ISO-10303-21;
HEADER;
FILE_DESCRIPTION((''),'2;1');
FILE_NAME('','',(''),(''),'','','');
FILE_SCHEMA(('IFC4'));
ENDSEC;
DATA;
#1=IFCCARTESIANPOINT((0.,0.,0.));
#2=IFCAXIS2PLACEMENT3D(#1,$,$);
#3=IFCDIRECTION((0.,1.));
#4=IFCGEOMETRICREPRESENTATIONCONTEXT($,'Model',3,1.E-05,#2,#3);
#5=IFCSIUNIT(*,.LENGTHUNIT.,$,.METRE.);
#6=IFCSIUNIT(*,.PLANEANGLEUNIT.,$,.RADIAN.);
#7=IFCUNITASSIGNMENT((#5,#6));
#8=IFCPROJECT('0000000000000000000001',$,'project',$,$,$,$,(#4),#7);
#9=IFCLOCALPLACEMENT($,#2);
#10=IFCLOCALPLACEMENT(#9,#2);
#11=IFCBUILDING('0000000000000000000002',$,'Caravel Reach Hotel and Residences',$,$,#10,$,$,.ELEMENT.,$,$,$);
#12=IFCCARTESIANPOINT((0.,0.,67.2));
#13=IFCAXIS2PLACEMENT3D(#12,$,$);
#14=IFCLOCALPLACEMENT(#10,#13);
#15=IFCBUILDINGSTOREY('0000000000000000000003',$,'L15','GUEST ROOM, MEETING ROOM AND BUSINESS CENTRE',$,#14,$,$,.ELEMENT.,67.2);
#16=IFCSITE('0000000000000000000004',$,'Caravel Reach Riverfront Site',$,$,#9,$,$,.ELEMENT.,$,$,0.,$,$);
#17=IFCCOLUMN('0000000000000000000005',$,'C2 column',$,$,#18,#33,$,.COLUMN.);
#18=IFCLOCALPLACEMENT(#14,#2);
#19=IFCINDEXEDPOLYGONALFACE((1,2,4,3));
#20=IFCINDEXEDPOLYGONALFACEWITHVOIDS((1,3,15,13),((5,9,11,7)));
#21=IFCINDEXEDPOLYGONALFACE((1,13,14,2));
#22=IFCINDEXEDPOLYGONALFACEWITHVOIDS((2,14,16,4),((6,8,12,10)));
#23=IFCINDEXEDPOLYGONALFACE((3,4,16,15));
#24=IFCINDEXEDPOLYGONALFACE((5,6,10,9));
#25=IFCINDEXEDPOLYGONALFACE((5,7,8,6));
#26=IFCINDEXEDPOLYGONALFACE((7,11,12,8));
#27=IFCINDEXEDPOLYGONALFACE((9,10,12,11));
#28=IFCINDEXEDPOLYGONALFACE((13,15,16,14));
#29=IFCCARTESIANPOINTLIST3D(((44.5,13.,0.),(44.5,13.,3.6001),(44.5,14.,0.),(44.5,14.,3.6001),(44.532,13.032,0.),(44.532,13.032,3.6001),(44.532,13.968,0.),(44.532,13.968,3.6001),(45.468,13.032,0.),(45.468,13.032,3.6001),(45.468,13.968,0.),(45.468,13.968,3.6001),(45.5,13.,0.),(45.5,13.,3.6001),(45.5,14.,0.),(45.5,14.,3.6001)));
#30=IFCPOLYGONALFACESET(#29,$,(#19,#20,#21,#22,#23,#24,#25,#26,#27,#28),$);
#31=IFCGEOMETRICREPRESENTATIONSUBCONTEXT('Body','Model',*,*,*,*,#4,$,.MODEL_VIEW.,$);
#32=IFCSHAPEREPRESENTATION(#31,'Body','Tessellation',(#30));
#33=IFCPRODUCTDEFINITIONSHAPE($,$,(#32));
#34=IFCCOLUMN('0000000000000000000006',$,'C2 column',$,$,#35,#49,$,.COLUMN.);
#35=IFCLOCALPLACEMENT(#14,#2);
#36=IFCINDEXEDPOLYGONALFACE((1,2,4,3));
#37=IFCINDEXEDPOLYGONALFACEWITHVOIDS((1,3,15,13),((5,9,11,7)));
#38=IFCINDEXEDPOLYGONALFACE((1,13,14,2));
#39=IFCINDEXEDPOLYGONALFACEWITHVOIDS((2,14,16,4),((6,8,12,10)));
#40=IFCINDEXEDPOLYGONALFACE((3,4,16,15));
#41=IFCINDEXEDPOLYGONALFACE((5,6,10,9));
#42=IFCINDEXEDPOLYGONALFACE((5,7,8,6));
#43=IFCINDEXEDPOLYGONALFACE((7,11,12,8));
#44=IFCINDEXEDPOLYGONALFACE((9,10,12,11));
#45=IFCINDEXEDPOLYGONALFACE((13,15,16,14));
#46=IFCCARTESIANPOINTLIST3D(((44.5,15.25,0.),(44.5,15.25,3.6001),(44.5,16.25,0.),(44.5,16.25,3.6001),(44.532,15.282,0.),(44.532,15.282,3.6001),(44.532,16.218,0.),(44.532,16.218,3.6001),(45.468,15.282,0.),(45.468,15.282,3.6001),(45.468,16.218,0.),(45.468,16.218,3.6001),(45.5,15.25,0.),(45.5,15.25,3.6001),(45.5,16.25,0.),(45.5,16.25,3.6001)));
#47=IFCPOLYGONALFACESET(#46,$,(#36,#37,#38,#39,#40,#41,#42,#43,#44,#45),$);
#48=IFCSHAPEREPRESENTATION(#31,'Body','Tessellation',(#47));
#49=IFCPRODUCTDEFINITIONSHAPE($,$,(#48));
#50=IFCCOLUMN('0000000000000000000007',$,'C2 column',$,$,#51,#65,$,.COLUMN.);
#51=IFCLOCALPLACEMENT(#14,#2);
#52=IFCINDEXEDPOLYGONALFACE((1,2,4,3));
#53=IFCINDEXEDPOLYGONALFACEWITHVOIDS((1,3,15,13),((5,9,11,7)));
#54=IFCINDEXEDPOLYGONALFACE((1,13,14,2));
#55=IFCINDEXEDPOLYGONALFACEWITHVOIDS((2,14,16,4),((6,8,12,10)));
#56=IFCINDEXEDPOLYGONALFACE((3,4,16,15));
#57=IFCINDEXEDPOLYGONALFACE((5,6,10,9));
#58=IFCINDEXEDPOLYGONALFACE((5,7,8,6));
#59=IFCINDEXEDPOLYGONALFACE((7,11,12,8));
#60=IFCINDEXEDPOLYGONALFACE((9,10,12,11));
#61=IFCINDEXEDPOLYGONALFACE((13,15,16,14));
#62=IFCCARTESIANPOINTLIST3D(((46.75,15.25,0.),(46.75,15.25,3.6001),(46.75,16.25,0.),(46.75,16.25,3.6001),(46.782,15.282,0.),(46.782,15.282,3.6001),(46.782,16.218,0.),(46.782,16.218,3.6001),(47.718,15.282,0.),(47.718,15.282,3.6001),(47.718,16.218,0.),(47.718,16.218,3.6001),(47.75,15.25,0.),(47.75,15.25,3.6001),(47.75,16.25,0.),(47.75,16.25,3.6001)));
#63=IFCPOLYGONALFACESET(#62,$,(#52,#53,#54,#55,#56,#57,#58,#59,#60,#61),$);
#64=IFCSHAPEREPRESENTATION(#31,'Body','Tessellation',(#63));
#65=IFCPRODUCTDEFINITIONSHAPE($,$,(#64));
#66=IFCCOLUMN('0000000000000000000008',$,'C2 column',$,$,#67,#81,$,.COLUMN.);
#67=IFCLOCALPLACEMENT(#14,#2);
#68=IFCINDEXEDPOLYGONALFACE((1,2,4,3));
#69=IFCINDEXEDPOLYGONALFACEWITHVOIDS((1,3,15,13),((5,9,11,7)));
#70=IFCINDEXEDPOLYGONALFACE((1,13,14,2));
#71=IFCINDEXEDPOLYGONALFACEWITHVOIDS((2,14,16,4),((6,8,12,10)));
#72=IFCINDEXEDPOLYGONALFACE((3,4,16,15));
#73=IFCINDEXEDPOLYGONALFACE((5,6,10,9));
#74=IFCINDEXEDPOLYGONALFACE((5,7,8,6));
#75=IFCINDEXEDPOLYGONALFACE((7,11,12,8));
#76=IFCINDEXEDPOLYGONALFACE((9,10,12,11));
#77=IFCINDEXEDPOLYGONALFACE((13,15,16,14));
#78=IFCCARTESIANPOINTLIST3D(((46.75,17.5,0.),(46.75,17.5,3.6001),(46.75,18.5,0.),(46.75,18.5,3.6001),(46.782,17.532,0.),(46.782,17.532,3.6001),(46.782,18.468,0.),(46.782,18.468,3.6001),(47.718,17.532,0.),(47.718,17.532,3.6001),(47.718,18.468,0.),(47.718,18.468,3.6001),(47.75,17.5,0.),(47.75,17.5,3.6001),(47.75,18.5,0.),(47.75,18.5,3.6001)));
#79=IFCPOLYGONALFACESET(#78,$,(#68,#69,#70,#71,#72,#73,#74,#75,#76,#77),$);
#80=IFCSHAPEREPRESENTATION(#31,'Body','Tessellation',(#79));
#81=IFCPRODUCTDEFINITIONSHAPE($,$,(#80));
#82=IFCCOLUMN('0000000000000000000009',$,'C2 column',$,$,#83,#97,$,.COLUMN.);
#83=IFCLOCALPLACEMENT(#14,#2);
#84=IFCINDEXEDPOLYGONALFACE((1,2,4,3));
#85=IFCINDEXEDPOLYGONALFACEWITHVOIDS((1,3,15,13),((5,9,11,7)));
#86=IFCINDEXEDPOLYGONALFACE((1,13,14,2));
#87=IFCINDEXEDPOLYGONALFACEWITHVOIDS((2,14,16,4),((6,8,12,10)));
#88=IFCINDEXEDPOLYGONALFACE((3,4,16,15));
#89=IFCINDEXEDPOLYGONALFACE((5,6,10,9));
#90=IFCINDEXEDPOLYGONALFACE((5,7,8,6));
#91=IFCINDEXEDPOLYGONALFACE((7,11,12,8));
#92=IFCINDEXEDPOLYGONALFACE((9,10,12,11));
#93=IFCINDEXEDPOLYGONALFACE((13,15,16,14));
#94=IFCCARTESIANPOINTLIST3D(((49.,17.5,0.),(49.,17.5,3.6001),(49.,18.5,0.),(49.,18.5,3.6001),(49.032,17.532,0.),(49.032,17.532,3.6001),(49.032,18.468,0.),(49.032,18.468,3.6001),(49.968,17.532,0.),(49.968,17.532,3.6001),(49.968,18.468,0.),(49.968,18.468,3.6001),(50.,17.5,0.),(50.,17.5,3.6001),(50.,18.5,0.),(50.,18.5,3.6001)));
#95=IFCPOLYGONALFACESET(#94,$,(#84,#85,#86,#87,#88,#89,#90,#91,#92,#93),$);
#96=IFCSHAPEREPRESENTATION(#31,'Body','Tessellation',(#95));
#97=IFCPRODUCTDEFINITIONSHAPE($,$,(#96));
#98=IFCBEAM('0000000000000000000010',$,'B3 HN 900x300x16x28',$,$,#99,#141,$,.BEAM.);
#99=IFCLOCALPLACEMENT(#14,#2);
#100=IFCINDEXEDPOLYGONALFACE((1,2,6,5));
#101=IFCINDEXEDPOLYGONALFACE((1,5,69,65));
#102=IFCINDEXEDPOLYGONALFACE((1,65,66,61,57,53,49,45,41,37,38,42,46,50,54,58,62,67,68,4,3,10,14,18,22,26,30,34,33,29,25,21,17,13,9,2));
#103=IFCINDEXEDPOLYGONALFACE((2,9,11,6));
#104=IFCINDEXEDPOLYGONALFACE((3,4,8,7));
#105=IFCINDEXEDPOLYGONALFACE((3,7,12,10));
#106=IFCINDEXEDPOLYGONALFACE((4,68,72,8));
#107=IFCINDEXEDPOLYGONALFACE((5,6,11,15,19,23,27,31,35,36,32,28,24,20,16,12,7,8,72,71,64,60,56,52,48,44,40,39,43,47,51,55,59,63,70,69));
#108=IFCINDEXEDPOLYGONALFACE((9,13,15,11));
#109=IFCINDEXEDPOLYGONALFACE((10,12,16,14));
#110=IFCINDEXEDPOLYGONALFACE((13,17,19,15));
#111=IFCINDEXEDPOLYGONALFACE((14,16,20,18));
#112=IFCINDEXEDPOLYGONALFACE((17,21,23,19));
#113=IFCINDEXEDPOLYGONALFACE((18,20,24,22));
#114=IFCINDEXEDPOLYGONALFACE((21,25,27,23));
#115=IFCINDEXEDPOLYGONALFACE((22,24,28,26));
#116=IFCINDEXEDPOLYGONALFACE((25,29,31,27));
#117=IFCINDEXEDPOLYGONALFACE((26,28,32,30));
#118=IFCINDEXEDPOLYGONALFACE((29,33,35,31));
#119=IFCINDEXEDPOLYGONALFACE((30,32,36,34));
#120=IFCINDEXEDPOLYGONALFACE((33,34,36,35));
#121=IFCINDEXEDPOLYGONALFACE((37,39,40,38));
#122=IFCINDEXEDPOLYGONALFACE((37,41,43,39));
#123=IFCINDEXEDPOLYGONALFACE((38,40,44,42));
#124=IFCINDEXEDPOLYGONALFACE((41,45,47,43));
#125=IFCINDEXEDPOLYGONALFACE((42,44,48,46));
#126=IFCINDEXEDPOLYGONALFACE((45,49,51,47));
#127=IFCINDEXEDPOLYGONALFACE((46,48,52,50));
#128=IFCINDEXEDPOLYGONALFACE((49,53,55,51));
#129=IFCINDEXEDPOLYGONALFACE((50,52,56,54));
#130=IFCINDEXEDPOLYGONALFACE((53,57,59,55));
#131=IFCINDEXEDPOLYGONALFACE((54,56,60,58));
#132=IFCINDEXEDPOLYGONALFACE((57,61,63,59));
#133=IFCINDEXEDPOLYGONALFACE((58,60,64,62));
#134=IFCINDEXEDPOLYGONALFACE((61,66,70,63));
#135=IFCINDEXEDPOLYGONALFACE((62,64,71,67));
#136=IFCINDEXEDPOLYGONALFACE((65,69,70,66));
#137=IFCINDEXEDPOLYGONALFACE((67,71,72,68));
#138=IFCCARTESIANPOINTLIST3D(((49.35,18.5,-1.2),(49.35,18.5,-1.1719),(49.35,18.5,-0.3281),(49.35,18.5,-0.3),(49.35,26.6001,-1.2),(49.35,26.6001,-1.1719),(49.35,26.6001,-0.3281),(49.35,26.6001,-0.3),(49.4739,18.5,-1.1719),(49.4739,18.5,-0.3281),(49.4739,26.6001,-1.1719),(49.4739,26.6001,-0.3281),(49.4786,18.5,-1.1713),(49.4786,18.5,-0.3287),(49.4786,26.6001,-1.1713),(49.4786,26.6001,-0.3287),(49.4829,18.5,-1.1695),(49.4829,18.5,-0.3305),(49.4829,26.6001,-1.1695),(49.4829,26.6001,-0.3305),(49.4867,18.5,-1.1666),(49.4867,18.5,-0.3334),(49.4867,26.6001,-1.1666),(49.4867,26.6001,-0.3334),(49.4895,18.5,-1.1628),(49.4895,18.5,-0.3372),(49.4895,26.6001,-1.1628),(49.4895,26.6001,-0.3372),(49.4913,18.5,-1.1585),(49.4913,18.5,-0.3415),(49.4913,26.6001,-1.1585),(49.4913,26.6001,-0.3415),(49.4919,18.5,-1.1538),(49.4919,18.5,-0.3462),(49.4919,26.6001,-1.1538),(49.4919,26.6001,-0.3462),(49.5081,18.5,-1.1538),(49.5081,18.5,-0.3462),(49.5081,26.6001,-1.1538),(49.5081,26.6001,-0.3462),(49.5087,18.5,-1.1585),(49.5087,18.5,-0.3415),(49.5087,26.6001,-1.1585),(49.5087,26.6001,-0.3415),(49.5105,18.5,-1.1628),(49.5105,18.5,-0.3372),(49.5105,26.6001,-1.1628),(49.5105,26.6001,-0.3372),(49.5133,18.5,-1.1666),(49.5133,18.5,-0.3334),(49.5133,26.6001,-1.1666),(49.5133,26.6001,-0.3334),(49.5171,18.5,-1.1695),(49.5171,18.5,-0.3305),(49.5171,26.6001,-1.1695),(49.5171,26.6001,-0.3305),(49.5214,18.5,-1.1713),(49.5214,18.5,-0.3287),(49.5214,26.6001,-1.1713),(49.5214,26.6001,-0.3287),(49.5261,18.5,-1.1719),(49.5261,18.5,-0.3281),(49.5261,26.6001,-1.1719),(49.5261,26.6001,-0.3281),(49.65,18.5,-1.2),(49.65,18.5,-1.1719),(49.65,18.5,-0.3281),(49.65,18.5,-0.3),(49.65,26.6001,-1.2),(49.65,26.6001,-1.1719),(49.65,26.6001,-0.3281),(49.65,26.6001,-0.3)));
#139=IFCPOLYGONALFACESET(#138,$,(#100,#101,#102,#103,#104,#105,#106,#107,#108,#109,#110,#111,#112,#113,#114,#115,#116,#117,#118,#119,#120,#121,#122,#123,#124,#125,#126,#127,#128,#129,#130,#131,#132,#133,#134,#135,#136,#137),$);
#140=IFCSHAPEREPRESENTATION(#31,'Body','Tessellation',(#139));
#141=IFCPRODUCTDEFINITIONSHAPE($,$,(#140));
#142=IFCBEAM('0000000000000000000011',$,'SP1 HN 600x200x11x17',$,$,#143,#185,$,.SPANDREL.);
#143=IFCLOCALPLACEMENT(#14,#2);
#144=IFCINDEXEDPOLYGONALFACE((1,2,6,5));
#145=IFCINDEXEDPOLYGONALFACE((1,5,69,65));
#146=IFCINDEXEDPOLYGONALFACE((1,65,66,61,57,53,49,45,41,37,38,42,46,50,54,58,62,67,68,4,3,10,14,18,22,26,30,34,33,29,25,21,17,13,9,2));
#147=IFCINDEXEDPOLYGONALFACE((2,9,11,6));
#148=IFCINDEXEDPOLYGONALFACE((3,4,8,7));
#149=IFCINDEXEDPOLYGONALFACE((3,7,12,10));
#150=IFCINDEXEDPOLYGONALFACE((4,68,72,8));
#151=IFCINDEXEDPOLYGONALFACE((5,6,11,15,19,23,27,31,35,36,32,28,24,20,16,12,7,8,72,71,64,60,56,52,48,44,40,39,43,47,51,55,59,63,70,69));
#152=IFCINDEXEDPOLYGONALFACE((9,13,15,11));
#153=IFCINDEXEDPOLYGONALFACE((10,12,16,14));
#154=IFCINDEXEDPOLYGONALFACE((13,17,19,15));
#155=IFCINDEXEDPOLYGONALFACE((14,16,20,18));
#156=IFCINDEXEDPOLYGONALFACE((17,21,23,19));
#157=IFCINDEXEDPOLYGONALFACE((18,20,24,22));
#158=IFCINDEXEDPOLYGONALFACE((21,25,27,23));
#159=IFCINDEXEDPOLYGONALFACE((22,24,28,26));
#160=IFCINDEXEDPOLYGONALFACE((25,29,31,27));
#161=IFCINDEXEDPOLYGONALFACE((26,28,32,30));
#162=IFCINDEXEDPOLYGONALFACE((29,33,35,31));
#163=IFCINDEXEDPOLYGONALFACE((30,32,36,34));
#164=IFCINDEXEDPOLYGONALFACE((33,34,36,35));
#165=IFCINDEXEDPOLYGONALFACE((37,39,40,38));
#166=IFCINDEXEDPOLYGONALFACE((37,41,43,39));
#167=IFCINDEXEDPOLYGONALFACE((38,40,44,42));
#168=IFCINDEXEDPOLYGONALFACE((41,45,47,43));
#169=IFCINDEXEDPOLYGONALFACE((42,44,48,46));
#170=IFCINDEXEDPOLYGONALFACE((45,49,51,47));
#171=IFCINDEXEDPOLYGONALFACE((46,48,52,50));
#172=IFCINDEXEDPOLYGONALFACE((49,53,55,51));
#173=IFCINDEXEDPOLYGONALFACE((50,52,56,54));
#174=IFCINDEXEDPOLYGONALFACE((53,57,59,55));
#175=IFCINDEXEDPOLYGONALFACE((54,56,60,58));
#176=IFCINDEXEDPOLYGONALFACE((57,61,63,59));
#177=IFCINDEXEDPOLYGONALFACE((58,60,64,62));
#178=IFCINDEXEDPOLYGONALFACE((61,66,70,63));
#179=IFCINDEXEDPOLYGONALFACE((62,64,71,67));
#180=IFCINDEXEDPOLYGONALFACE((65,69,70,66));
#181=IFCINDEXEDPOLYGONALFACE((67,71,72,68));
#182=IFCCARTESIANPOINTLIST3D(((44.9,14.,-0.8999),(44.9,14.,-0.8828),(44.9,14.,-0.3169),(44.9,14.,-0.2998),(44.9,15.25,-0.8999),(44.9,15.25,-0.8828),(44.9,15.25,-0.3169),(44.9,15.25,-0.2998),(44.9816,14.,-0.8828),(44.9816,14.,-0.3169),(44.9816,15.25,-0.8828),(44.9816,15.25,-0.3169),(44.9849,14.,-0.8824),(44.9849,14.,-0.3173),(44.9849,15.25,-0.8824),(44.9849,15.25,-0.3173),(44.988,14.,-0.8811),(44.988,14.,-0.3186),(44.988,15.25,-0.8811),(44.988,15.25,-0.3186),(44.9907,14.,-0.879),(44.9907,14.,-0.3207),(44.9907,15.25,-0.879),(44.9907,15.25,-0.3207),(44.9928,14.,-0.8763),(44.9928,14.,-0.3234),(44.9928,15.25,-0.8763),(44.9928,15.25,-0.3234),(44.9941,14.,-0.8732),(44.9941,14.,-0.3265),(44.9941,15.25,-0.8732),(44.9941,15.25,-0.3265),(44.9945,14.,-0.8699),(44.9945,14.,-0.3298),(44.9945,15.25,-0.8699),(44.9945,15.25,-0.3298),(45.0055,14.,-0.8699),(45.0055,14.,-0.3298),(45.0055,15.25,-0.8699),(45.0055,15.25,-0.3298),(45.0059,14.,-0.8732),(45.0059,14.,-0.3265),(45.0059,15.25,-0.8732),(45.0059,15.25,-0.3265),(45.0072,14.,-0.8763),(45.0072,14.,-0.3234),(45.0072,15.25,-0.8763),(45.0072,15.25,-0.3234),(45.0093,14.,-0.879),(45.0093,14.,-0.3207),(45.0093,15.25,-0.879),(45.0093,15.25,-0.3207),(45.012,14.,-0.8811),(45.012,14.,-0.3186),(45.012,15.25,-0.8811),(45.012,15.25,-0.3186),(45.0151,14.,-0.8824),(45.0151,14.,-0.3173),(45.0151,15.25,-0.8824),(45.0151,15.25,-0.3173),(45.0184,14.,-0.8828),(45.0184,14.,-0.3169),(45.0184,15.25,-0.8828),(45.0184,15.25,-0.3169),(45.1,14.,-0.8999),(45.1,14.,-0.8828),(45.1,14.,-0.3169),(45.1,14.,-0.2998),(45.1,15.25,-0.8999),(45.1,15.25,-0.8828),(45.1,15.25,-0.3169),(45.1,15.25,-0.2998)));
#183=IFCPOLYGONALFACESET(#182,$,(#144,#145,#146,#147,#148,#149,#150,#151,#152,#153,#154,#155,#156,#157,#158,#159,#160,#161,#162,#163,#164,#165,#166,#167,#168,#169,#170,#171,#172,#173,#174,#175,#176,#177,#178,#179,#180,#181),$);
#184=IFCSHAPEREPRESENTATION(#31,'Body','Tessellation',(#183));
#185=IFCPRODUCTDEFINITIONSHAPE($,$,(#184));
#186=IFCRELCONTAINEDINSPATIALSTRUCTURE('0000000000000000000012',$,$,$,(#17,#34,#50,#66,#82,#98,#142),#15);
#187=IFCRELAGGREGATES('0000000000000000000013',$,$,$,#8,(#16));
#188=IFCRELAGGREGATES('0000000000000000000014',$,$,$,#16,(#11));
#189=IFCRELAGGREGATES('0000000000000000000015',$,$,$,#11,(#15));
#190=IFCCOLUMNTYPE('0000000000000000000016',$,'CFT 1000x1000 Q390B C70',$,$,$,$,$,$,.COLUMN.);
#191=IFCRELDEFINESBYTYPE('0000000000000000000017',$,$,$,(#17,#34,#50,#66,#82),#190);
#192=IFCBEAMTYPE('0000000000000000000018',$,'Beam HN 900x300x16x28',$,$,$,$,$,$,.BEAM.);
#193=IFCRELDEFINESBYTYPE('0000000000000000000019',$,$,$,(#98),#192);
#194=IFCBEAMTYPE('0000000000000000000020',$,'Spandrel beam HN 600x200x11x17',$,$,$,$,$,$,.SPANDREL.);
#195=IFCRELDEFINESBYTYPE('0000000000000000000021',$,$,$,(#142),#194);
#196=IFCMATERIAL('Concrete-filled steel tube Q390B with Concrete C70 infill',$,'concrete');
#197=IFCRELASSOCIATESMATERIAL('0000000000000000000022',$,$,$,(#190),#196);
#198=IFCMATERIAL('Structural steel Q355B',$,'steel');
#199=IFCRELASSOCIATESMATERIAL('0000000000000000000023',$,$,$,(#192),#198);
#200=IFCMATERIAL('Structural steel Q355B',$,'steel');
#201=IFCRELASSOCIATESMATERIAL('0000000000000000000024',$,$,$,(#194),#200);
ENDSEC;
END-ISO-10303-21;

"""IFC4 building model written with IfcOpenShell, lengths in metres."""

from ifc_helpers import new_model, si_unit, direction, frame, origin, origin_2d, place, context, subcontext, project, spatial, hollow_rectangle, i_section, extrude, material, material_profile, profile_set, type_object, element, save


model = new_model("IFC4")

# Units and contexts
model_context = context("Model", 3, precision=1e-05, world=origin(), true_north=direction((0.0, 1.0)))
body_context = subcontext(model_context, "Body", "Model", "MODEL_VIEW")
ifc_project = project(units=[si_unit("LENGTHUNIT", "METRE"), si_unit("PLANEANGLEUNIT", "RADIAN")], contexts=[model_context])

# Site, building, storey
site_placement = place(None, origin())
site = spatial("IfcSite", under=ifc_project, at=site_placement, Name="Caravel Reach Riverfront Site", CompositionType="ELEMENT", RefElevation=0.0)
building_placement = place(site_placement, origin())
building = spatial("IfcBuilding", under=site, at=building_placement, Name="Caravel Reach Hotel and Residences", CompositionType="ELEMENT")
storey_placement = place(building_placement, frame((0.0, 0.0, 67.2)))
storey = spatial("IfcBuildingStorey", under=building, at=storey_placement, Name="L15", Description="GUEST ROOM, MEETING ROOM AND BUSINESS CENTRE", CompositionType="ELEMENT", Elevation=67.2)

# Columns
ifc_material_1 = material(Name="Concrete-filled steel tube Q390B with Concrete C70 infill", Category="concrete")
ifc_material_profile_1 = material_profile(ifc_material_1, hollow_rectangle(XDim=1.0, YDim=1.0, WallThickness=0.032, at=origin_2d()), Name="RHS 1000x1000x32")
ifc_profile_set_1 = profile_set([ifc_material_profile_1], Name="Concrete-filled steel tube Q390B with Concrete C70 infill")
column_type = type_object("IfcColumnType", Name="CFT 1000x1000 Q390B C70", PredefinedType="COLUMN", material=ifc_profile_set_1)
for number, where, z_axis, x_axis, name in (
    (1, (45.0, 13.5, 0.0), (0.0, 0.0, 1.0), (1.0, 0.0, 0.0), "C2 column"),
    (2, (45.0, 15.75, 0.0), (0.0, 0.0, 1.0), (1.0, 0.0, 0.0), "C2 column"),
    (3, (47.25, 15.75, 0.0), (0.0, 0.0, 1.0), (1.0, 0.0, 0.0), "C2 column"),
    (4, (47.25, 18.0, 0.0), (0.0, 0.0, 1.0), (1.0, 0.0, 0.0), "C2 column"),
    (5, (49.5, 18.0, 0.0), (0.0, 0.0, 1.0), (1.0, 0.0, 0.0), "C2 column"),
):
    element("IfcColumn", number, at=place(storey_placement, frame(where, z_axis=z_axis, x_axis=x_axis)), inside=storey, type_object=column_type, Name=name, PredefinedType="COLUMN", context=body_context, shape_type="SweptSolid", body=[
        extrude(hollow_rectangle(XDim=1.0, YDim=1.0, WallThickness=0.032, at=origin_2d()), origin(), (0.0, 0.0, 1.0), 3.6001),
    ])

# Beams
ifc_material_2 = material(Name="Structural steel Q355B", Category="steel")
ifc_material_profile_2 = material_profile(ifc_material_2, i_section(OverallWidth=0.3, OverallDepth=0.8999, WebThickness=0.0161, FlangeThickness=0.0281, FilletRadius=0.0181, at=origin_2d()), Name="HN 900x300x16x28")
ifc_profile_set_2 = profile_set([ifc_material_profile_2], Name="Structural steel Q355B")
beam_type_1 = type_object("IfcBeamType", Name="Beam HN 900x300x16x28", PredefinedType="BEAM", material=ifc_profile_set_2)
beam_placement = place(storey_placement, frame((49.5, 18.5, -0.75), z_axis=(0.0, 1.0, 0.0), x_axis=(-1.0, 0.0, 0.0)))
element("IfcBeam", 6, at=beam_placement, inside=storey, type_object=beam_type_1, Name="B3 HN 900x300x16x28", PredefinedType="BEAM", context=body_context, shape_type="SweptSolid", body=[
    extrude(i_section(OverallWidth=0.3, OverallDepth=0.8999, WebThickness=0.0161, FlangeThickness=0.0281, FilletRadius=0.0181, at=origin_2d()), origin(), (0.0, 0.0, 1.0), 8.1001),
])
ifc_material_3 = material(Name="Structural steel Q355B", Category="steel")
ifc_material_profile_3 = material_profile(ifc_material_3, i_section(OverallWidth=0.2, OverallDepth=0.6001, WebThickness=0.011, FlangeThickness=0.0171, FilletRadius=0.0129, at=origin_2d()), Name="HN 600x200x11x17")
ifc_profile_set_3 = profile_set([ifc_material_profile_3], Name="Structural steel Q355B")
beam_type_2 = type_object("IfcBeamType", Name="Spandrel beam HN 600x200x11x17", PredefinedType="SPANDREL", material=ifc_profile_set_3)
for number, where, z_axis, x_axis, name in (
    (7, (45.0, 14.0, -0.5999), (0.0, 1.0, 0.0), (-1.0, 0.0, 0.0), "SP1 HN 600x200x11x17"),
):
    element("IfcBeam", number, at=place(storey_placement, frame(where, z_axis=z_axis, x_axis=x_axis)), inside=storey, type_object=beam_type_2, Name=name, PredefinedType="SPANDREL", context=body_context, shape_type="SweptSolid", body=[
        extrude(i_section(OverallWidth=0.2, OverallDepth=0.6001, WebThickness=0.011, FlangeThickness=0.0171, FilletRadius=0.0129, at=origin_2d()), origin(), (0.0, 0.0, 1.0), 1.25),
    ])

save(model, "model.ifc")
